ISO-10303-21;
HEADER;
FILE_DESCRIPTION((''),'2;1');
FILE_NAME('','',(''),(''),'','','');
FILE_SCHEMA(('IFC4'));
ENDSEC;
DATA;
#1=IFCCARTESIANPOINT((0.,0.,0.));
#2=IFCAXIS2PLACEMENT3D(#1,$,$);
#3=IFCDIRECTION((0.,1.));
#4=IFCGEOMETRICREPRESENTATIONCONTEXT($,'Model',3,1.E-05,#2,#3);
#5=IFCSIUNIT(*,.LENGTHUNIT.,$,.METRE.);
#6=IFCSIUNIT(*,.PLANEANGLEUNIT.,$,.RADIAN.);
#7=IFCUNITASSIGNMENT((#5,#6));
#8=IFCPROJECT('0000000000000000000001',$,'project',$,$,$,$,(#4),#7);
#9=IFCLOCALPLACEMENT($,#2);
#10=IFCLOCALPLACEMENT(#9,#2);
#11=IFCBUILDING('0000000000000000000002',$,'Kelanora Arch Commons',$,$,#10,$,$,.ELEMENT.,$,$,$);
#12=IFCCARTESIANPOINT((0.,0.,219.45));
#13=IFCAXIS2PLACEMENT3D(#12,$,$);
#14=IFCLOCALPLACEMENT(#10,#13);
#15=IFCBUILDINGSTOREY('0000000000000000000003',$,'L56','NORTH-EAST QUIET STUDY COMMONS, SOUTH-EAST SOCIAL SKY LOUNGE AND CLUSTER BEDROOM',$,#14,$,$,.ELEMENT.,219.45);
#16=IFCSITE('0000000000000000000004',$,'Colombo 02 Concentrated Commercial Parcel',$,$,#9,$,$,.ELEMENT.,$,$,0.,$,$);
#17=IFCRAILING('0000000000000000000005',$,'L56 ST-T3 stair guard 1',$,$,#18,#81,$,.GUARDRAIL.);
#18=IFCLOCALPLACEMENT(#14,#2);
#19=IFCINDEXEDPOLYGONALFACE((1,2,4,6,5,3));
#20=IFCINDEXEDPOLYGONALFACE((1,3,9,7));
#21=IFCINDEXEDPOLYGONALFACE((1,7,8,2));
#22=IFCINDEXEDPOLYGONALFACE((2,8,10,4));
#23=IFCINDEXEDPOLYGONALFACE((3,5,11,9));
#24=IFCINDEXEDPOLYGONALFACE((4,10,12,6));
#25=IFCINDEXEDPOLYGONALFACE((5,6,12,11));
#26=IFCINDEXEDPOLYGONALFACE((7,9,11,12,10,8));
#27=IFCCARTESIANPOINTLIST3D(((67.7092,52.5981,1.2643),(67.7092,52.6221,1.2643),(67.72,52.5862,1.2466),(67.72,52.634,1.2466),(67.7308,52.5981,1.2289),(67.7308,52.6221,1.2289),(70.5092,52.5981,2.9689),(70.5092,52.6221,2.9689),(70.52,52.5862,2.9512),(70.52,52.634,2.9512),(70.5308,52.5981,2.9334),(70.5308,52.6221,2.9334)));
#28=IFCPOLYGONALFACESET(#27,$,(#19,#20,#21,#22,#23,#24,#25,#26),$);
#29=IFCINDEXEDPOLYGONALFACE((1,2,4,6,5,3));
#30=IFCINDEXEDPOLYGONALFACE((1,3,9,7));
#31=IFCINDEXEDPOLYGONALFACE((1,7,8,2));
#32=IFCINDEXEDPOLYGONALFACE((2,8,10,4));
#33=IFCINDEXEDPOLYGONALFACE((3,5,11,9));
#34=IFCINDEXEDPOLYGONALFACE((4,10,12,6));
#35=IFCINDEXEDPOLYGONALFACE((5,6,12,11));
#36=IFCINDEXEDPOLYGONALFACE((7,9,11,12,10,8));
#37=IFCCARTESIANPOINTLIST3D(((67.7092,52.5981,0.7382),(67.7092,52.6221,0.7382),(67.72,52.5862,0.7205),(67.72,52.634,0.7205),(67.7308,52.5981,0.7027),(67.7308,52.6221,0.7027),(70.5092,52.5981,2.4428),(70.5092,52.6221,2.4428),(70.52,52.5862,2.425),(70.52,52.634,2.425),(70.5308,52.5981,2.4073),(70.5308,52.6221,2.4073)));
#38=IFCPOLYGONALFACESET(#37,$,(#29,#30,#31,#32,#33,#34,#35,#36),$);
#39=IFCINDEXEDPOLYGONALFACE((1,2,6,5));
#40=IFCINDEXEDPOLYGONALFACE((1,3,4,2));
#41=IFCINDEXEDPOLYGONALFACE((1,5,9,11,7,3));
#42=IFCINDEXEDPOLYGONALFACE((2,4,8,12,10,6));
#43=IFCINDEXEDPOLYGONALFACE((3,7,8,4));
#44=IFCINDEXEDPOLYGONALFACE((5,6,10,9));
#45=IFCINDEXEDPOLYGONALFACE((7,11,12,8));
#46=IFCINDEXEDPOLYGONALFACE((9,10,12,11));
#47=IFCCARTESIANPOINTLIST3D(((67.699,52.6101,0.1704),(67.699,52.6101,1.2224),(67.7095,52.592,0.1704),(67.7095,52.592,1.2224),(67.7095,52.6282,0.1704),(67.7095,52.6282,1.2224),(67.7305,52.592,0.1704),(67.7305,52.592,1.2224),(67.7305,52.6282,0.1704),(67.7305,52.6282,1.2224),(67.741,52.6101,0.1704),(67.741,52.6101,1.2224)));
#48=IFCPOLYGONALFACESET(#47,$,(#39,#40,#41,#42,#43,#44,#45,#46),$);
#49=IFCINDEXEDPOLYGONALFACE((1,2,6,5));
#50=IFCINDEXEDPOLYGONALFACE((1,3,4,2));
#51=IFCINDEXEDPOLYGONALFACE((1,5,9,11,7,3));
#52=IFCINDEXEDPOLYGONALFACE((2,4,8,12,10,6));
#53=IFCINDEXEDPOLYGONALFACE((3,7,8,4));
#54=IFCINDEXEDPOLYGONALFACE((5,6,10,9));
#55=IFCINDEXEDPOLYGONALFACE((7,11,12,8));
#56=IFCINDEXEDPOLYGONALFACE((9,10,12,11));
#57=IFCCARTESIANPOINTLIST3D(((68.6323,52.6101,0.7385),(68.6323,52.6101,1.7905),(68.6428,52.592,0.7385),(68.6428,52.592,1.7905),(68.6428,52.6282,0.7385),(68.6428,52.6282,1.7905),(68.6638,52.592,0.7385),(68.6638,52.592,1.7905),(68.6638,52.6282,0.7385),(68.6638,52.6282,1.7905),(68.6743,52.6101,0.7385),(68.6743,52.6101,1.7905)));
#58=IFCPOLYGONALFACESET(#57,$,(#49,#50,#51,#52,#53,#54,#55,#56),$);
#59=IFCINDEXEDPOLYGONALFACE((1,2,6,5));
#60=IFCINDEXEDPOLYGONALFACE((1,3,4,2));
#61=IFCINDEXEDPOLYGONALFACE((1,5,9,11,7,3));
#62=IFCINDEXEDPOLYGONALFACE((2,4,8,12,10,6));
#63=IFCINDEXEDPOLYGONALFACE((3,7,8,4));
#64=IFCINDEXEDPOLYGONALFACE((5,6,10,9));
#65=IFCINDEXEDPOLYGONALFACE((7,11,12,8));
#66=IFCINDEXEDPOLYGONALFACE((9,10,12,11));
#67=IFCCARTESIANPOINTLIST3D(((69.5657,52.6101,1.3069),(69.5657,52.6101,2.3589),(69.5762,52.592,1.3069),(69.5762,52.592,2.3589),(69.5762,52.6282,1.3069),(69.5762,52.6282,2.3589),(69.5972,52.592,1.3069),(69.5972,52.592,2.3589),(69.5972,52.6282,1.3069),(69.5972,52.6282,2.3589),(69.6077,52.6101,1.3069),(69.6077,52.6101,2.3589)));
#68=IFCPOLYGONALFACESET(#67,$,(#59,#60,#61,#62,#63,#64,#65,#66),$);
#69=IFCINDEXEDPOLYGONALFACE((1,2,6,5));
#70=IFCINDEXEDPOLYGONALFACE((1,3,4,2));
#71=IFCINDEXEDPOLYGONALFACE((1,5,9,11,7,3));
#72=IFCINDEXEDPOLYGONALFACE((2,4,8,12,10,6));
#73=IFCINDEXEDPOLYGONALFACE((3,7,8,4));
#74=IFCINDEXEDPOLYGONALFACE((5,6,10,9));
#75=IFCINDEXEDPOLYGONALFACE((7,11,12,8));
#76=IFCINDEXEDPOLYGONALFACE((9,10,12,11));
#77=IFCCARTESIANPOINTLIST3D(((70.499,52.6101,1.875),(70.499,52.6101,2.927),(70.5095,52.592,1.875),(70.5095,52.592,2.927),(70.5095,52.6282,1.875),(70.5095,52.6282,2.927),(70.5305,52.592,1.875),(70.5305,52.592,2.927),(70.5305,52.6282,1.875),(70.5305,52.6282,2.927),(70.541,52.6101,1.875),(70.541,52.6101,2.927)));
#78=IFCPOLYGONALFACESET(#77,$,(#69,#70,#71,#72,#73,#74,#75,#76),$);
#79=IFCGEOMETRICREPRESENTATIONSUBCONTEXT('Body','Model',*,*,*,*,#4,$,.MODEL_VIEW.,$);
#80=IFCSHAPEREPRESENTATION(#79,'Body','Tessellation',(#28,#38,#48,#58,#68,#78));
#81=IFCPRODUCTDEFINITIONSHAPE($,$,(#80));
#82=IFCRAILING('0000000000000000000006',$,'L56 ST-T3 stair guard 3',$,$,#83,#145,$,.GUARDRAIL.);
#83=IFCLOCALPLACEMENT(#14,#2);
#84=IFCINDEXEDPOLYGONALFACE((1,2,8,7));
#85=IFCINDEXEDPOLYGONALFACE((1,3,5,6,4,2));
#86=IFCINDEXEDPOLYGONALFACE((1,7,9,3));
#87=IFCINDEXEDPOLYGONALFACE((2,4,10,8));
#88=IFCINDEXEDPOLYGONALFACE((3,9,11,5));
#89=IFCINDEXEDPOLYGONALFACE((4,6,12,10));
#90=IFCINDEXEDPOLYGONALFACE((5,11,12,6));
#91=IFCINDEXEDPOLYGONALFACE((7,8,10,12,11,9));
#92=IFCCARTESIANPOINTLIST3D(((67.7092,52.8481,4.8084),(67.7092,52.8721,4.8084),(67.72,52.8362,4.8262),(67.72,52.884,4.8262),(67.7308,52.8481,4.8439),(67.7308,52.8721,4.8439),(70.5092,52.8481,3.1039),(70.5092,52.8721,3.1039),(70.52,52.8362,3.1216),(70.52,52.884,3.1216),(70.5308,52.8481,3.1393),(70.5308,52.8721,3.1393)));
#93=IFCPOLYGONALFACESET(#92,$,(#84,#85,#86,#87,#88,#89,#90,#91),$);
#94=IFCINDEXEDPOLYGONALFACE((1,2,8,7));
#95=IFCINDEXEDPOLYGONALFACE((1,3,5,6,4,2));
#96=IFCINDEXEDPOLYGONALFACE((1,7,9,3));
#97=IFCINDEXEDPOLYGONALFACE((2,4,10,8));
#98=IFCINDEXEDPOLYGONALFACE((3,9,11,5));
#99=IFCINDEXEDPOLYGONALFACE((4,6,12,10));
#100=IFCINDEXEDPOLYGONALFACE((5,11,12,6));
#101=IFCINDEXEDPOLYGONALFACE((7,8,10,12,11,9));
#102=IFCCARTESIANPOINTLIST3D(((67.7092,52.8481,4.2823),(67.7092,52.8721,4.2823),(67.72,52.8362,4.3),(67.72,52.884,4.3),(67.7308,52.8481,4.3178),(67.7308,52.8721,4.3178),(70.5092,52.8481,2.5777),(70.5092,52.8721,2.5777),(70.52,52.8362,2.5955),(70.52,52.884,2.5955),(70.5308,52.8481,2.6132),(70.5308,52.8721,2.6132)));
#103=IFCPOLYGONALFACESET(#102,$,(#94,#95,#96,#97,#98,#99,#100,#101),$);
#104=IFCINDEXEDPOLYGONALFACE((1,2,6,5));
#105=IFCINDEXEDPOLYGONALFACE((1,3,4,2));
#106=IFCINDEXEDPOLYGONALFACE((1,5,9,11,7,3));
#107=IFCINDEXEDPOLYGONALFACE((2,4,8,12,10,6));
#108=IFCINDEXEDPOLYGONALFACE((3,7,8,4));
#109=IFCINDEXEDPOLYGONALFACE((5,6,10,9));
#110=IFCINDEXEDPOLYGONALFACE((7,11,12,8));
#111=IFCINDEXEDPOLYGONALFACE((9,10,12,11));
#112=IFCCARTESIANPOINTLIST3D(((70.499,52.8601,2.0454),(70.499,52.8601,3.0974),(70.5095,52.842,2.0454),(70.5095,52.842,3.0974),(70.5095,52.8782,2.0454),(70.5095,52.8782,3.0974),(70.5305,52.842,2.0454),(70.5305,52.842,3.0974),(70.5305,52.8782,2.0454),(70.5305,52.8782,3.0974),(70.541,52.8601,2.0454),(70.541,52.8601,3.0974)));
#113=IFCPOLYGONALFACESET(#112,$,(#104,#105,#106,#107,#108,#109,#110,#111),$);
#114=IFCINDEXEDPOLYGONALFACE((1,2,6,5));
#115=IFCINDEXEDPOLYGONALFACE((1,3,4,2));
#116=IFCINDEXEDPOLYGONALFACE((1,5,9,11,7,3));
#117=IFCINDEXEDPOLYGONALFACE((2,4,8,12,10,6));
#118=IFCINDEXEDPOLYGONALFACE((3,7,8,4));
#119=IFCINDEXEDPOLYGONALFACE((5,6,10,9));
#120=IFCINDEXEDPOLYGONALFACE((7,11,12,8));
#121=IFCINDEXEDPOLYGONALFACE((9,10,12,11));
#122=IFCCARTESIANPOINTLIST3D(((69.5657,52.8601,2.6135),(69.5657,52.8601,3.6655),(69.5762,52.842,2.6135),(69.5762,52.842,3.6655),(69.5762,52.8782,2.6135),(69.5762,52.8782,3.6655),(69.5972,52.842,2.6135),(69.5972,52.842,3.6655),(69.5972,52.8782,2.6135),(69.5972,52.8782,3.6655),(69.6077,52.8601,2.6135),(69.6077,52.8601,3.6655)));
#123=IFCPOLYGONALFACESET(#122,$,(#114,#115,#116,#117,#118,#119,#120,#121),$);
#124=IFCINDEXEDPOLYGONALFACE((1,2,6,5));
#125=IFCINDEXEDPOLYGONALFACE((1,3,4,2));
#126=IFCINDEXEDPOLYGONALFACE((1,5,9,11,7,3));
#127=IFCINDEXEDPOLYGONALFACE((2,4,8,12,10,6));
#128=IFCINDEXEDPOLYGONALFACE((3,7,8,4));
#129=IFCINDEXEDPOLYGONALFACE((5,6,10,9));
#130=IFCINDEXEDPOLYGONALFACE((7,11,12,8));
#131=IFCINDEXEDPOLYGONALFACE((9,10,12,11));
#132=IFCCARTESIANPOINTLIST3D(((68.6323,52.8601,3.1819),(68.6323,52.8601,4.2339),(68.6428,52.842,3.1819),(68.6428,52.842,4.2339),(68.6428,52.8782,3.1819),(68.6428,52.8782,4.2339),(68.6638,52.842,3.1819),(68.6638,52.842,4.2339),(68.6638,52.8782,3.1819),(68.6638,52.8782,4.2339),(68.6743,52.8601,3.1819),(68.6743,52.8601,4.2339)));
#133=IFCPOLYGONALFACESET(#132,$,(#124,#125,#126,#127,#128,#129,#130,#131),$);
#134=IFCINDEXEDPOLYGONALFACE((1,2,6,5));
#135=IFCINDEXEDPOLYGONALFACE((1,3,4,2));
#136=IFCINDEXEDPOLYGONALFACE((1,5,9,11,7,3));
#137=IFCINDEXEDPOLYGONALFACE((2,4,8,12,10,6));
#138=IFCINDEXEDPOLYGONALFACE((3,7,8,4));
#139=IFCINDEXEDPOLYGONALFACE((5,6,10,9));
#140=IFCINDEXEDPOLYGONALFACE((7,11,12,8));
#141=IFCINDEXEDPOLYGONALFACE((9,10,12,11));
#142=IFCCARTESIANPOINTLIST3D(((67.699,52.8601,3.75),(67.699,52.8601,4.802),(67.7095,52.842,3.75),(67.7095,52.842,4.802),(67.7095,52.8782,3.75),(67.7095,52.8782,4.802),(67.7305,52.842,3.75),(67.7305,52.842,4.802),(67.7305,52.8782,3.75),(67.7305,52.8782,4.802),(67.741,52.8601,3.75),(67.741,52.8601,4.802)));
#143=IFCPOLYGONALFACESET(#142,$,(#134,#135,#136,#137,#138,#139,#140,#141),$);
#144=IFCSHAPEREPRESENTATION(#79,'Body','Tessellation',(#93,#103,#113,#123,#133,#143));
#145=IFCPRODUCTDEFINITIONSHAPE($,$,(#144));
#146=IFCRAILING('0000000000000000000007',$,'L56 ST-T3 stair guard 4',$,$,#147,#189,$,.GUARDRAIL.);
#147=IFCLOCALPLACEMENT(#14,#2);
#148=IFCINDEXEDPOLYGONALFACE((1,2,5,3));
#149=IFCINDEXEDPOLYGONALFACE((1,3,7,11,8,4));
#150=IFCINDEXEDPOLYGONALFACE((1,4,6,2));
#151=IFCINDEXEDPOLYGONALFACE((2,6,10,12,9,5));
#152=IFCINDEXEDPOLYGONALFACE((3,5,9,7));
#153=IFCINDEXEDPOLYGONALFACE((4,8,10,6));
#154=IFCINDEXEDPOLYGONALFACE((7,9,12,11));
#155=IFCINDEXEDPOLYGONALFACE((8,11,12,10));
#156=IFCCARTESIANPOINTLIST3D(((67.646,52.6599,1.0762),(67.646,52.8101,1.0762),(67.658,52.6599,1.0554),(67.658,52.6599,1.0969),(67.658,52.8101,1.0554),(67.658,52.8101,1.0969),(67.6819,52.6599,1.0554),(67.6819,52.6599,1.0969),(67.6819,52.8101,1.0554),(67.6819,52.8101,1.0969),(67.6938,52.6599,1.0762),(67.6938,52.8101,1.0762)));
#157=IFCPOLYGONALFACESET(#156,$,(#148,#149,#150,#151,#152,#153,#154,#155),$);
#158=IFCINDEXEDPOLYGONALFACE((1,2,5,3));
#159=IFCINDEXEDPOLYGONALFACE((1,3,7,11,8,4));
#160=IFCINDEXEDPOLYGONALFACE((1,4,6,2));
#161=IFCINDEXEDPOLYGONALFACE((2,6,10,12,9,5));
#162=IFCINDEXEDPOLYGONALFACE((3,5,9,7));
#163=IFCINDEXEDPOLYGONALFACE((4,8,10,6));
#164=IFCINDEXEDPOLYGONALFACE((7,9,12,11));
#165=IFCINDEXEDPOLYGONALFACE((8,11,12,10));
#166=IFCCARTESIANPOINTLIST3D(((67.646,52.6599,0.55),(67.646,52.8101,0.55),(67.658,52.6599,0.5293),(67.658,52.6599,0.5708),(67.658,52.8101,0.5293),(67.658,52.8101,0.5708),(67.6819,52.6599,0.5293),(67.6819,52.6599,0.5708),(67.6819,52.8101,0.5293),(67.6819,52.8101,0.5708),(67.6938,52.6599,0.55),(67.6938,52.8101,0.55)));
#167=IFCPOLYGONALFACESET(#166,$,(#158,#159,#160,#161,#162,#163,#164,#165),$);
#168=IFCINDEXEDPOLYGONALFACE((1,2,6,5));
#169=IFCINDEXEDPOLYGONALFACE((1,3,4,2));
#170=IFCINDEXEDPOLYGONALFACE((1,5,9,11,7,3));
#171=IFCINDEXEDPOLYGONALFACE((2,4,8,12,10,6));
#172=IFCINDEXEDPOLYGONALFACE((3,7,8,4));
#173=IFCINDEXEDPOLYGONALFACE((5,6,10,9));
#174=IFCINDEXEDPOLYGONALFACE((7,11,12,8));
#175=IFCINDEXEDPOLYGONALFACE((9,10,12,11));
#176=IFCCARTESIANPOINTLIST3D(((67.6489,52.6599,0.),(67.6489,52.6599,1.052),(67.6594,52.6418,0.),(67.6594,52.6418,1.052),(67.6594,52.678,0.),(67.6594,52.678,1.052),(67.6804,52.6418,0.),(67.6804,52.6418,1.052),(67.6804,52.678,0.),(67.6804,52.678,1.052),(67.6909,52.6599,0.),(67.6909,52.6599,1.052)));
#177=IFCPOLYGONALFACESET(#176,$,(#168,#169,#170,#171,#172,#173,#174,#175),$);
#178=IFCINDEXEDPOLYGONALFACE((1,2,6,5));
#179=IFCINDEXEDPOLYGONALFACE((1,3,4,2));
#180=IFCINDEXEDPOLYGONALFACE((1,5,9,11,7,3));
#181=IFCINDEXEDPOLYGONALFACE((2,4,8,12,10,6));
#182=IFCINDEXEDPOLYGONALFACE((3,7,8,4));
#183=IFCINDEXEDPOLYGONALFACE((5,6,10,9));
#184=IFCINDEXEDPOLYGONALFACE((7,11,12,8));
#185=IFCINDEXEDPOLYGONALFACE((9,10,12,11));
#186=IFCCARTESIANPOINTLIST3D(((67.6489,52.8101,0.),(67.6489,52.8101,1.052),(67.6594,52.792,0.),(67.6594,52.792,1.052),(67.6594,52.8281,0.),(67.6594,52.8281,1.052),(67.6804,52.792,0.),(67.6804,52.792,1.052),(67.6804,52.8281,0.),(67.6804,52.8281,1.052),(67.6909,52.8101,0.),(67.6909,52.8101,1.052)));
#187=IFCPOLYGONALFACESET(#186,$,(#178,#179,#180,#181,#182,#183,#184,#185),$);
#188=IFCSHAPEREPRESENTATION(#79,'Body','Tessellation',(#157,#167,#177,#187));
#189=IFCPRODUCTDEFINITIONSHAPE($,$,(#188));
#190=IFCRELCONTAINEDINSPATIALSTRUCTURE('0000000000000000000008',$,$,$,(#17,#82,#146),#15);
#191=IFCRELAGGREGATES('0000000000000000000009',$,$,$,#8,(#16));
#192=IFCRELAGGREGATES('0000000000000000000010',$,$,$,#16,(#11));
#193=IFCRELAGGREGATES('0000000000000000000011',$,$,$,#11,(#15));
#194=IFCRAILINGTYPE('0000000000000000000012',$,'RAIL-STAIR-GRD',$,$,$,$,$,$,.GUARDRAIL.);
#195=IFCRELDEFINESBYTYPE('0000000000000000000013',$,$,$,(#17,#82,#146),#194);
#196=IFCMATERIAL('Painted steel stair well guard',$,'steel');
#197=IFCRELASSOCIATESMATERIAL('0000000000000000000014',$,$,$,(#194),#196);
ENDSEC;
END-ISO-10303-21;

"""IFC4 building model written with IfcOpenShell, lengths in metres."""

from ifc_helpers import new_model, si_unit, direction, frame, origin, place, context, subcontext, project, spatial, polyline, outline, extrude, material, type_object, element, save


model = new_model("IFC4")

# Units and contexts
model_context = context("Model", 3, precision=1e-05, world=origin(), true_north=direction((0.0, 1.0)))
body_context = subcontext(model_context, "Body", "Model", "MODEL_VIEW")
ifc_project = project(units=[si_unit("LENGTHUNIT", "METRE"), si_unit("PLANEANGLEUNIT", "RADIAN")], contexts=[model_context])

# Site, building, storey
site_placement = place(None, origin())
site = spatial("IfcSite", under=ifc_project, at=site_placement, Name="Colombo 02 Concentrated Commercial Parcel", CompositionType="ELEMENT", RefElevation=0.0)
building_placement = place(site_placement, origin())
building = spatial("IfcBuilding", under=site, at=building_placement, Name="Kelanora Arch Commons", CompositionType="ELEMENT")
storey_placement = place(building_placement, frame((0.0, 0.0, 219.45)))
storey = spatial("IfcBuildingStorey", under=building, at=storey_placement, Name="L56", Description="NORTH-EAST QUIET STUDY COMMONS, SOUTH-EAST SOCIAL SKY LOUNGE AND CLUSTER BEDROOM", CompositionType="ELEMENT", Elevation=219.45)

# Railings
ifc_material_1 = material(Name="Painted steel stair well guard", Category="steel")
railing_type_1 = type_object("IfcRailingType", Name="RAIL-STAIR-GRD", PredefinedType="GUARDRAIL", material=ifc_material_1)
railing_1_placement = place(storey_placement, frame((67.72, 52.6101, 0.1704)))
element("IfcRailing", 1, at=railing_1_placement, inside=storey, type_object=railing_type_1, Name="L56 ST-T3 stair guard 1", PredefinedType="GUARDRAIL", context=body_context, shape_type="SweptSolid", body=[
    extrude(outline(polyline([(0.0239, 0.0), (0.012, 0.0208), (-0.012, 0.0208), (-0.0239, 0.0), (-0.012, -0.0208), (0.012, -0.0208), (0.0239, 0.0)])), frame((0.0, 0.0, 1.0762), z_axis=(0.85417, 0.0, 0.519994), x_axis=(0.0, 1.0, 0.0)), (0.0, 0.0, 1.0), 3.2781),
    extrude(outline(polyline([(0.0239, 0.0), (0.012, 0.0208), (-0.012, 0.0208), (-0.0239, 0.0), (-0.012, -0.0208), (0.012, -0.0208), (0.0239, 0.0)])), frame((0.0, 0.0, 0.55), z_axis=(0.85417, 0.0, 0.519994), x_axis=(0.0, 1.0, 0.0)), (0.0, 0.0, 1.0), 3.2781),
    extrude(outline(polyline([(0.021, 0.0), (0.0105, 0.0181), (-0.0105, 0.0181), (-0.021, 0.0), (-0.0105, -0.0181), (0.0105, -0.0181), (0.021, 0.0)])), origin(), (0.0, 0.0, 1.0), 1.052),
    extrude(outline(polyline([(0.021, 0.0), (0.0105, 0.0181), (-0.0105, 0.0181), (-0.021, 0.0), (-0.0105, -0.0181), (0.0105, -0.0181), (0.021, 0.0)])), frame((0.9333, 0.0, 0.5681)), (0.0, 0.0, 1.0), 1.052),
    extrude(outline(polyline([(0.021, 0.0), (0.0105, 0.0181), (-0.0105, 0.0181), (-0.021, 0.0), (-0.0105, -0.0181), (0.0105, -0.0181), (0.021, 0.0)])), frame((1.8667, 0.0, 1.1365)), (0.0, 0.0, 1.0), 1.052),
    extrude(outline(polyline([(0.021, 0.0), (0.0105, 0.0181), (-0.0105, 0.0181), (-0.021, 0.0), (-0.0105, -0.0181), (0.0105, -0.0181), (0.021, 0.0)])), frame((2.8, 0.0, 1.7046)), (0.0, 0.0, 1.0), 1.052),
])
railing_2_placement = place(storey_placement, frame((70.52, 52.8601, 2.0454)))
element("IfcRailing", 2, at=railing_2_placement, inside=storey, type_object=railing_type_1, Name="L56 ST-T3 stair guard 3", PredefinedType="GUARDRAIL", context=body_context, shape_type="SweptSolid", body=[
    extrude(outline(polyline([(0.0239, 0.0), (0.012, 0.0208), (-0.012, 0.0208), (-0.0239, 0.0), (-0.012, -0.0208), (0.012, -0.0208), (0.0239, 0.0)])), frame((0.0, 0.0, 1.0762), z_axis=(-0.85417, 0.0, 0.519994), x_axis=(0.0, -1.0, 0.0)), (0.0, 0.0, 1.0), 3.2781),
    extrude(outline(polyline([(0.0239, 0.0), (0.012, 0.0208), (-0.012, 0.0208), (-0.0239, 0.0), (-0.012, -0.0208), (0.012, -0.0208), (0.0239, 0.0)])), frame((0.0, 0.0, 0.55), z_axis=(-0.85417, 0.0, 0.519994), x_axis=(0.0, -1.0, 0.0)), (0.0, 0.0, 1.0), 3.2781),
    extrude(outline(polyline([(0.021, 0.0), (0.0105, 0.0181), (-0.0105, 0.0181), (-0.021, 0.0), (-0.0105, -0.0181), (0.0105, -0.0181), (0.021, 0.0)])), origin(), (0.0, 0.0, 1.0), 1.052),
    extrude(outline(polyline([(0.021, 0.0), (0.0105, 0.0181), (-0.0105, 0.0181), (-0.021, 0.0), (-0.0105, -0.0181), (0.0105, -0.0181), (0.021, 0.0)])), frame((-0.9333, 0.0, 0.5681)), (0.0, 0.0, 1.0), 1.052),
    extrude(outline(polyline([(0.021, 0.0), (0.0105, 0.0181), (-0.0105, 0.0181), (-0.021, 0.0), (-0.0105, -0.0181), (0.0105, -0.0181), (0.021, 0.0)])), frame((-1.8667, 0.0, 1.1365)), (0.0, 0.0, 1.0), 1.052),
    extrude(outline(polyline([(0.021, 0.0), (0.0105, 0.0181), (-0.0105, 0.0181), (-0.021, 0.0), (-0.0105, -0.0181), (0.0105, -0.0181), (0.021, 0.0)])), frame((-2.8, 0.0, 1.7046)), (0.0, 0.0, 1.0), 1.052),
])
railing_3_placement = place(storey_placement, frame((67.6699, 52.6599, 0.0)))
element("IfcRailing", 3, at=railing_3_placement, inside=storey, type_object=railing_type_1, Name="L56 ST-T3 stair guard 4", PredefinedType="GUARDRAIL", context=body_context, shape_type="SweptSolid", body=[
    extrude(outline(polyline([(0.0239, 0.0), (0.012, 0.0208), (-0.012, 0.0208), (-0.0239, 0.0), (-0.012, -0.0208), (0.012, -0.0208), (0.0239, 0.0)])), frame((0.0, 0.0, 1.0762), z_axis=(0.0, 1.0, 0.0), x_axis=(-1.0, 0.0, 0.0)), (0.0, 0.0, 1.0), 0.1501),
    extrude(outline(polyline([(0.0239, 0.0), (0.012, 0.0208), (-0.012, 0.0208), (-0.0239, 0.0), (-0.012, -0.0208), (0.012, -0.0208), (0.0239, 0.0)])), frame((0.0, 0.0, 0.55), z_axis=(0.0, 1.0, 0.0), x_axis=(-1.0, 0.0, 0.0)), (0.0, 0.0, 1.0), 0.1501),
    extrude(outline(polyline([(0.021, 0.0), (0.0105, 0.0181), (-0.0105, 0.0181), (-0.021, 0.0), (-0.0105, -0.0181), (0.0105, -0.0181), (0.021, 0.0)])), origin(), (0.0, 0.0, 1.0), 1.052),
    extrude(outline(polyline([(0.021, 0.0), (0.0105, 0.0181), (-0.0105, 0.0181), (-0.021, 0.0), (-0.0105, -0.0181), (0.0105, -0.0181), (0.021, 0.0)])), frame((0.0, 0.1501, 0.0)), (0.0, 0.0, 1.0), 1.052),
])

save(model, "model.ifc")
